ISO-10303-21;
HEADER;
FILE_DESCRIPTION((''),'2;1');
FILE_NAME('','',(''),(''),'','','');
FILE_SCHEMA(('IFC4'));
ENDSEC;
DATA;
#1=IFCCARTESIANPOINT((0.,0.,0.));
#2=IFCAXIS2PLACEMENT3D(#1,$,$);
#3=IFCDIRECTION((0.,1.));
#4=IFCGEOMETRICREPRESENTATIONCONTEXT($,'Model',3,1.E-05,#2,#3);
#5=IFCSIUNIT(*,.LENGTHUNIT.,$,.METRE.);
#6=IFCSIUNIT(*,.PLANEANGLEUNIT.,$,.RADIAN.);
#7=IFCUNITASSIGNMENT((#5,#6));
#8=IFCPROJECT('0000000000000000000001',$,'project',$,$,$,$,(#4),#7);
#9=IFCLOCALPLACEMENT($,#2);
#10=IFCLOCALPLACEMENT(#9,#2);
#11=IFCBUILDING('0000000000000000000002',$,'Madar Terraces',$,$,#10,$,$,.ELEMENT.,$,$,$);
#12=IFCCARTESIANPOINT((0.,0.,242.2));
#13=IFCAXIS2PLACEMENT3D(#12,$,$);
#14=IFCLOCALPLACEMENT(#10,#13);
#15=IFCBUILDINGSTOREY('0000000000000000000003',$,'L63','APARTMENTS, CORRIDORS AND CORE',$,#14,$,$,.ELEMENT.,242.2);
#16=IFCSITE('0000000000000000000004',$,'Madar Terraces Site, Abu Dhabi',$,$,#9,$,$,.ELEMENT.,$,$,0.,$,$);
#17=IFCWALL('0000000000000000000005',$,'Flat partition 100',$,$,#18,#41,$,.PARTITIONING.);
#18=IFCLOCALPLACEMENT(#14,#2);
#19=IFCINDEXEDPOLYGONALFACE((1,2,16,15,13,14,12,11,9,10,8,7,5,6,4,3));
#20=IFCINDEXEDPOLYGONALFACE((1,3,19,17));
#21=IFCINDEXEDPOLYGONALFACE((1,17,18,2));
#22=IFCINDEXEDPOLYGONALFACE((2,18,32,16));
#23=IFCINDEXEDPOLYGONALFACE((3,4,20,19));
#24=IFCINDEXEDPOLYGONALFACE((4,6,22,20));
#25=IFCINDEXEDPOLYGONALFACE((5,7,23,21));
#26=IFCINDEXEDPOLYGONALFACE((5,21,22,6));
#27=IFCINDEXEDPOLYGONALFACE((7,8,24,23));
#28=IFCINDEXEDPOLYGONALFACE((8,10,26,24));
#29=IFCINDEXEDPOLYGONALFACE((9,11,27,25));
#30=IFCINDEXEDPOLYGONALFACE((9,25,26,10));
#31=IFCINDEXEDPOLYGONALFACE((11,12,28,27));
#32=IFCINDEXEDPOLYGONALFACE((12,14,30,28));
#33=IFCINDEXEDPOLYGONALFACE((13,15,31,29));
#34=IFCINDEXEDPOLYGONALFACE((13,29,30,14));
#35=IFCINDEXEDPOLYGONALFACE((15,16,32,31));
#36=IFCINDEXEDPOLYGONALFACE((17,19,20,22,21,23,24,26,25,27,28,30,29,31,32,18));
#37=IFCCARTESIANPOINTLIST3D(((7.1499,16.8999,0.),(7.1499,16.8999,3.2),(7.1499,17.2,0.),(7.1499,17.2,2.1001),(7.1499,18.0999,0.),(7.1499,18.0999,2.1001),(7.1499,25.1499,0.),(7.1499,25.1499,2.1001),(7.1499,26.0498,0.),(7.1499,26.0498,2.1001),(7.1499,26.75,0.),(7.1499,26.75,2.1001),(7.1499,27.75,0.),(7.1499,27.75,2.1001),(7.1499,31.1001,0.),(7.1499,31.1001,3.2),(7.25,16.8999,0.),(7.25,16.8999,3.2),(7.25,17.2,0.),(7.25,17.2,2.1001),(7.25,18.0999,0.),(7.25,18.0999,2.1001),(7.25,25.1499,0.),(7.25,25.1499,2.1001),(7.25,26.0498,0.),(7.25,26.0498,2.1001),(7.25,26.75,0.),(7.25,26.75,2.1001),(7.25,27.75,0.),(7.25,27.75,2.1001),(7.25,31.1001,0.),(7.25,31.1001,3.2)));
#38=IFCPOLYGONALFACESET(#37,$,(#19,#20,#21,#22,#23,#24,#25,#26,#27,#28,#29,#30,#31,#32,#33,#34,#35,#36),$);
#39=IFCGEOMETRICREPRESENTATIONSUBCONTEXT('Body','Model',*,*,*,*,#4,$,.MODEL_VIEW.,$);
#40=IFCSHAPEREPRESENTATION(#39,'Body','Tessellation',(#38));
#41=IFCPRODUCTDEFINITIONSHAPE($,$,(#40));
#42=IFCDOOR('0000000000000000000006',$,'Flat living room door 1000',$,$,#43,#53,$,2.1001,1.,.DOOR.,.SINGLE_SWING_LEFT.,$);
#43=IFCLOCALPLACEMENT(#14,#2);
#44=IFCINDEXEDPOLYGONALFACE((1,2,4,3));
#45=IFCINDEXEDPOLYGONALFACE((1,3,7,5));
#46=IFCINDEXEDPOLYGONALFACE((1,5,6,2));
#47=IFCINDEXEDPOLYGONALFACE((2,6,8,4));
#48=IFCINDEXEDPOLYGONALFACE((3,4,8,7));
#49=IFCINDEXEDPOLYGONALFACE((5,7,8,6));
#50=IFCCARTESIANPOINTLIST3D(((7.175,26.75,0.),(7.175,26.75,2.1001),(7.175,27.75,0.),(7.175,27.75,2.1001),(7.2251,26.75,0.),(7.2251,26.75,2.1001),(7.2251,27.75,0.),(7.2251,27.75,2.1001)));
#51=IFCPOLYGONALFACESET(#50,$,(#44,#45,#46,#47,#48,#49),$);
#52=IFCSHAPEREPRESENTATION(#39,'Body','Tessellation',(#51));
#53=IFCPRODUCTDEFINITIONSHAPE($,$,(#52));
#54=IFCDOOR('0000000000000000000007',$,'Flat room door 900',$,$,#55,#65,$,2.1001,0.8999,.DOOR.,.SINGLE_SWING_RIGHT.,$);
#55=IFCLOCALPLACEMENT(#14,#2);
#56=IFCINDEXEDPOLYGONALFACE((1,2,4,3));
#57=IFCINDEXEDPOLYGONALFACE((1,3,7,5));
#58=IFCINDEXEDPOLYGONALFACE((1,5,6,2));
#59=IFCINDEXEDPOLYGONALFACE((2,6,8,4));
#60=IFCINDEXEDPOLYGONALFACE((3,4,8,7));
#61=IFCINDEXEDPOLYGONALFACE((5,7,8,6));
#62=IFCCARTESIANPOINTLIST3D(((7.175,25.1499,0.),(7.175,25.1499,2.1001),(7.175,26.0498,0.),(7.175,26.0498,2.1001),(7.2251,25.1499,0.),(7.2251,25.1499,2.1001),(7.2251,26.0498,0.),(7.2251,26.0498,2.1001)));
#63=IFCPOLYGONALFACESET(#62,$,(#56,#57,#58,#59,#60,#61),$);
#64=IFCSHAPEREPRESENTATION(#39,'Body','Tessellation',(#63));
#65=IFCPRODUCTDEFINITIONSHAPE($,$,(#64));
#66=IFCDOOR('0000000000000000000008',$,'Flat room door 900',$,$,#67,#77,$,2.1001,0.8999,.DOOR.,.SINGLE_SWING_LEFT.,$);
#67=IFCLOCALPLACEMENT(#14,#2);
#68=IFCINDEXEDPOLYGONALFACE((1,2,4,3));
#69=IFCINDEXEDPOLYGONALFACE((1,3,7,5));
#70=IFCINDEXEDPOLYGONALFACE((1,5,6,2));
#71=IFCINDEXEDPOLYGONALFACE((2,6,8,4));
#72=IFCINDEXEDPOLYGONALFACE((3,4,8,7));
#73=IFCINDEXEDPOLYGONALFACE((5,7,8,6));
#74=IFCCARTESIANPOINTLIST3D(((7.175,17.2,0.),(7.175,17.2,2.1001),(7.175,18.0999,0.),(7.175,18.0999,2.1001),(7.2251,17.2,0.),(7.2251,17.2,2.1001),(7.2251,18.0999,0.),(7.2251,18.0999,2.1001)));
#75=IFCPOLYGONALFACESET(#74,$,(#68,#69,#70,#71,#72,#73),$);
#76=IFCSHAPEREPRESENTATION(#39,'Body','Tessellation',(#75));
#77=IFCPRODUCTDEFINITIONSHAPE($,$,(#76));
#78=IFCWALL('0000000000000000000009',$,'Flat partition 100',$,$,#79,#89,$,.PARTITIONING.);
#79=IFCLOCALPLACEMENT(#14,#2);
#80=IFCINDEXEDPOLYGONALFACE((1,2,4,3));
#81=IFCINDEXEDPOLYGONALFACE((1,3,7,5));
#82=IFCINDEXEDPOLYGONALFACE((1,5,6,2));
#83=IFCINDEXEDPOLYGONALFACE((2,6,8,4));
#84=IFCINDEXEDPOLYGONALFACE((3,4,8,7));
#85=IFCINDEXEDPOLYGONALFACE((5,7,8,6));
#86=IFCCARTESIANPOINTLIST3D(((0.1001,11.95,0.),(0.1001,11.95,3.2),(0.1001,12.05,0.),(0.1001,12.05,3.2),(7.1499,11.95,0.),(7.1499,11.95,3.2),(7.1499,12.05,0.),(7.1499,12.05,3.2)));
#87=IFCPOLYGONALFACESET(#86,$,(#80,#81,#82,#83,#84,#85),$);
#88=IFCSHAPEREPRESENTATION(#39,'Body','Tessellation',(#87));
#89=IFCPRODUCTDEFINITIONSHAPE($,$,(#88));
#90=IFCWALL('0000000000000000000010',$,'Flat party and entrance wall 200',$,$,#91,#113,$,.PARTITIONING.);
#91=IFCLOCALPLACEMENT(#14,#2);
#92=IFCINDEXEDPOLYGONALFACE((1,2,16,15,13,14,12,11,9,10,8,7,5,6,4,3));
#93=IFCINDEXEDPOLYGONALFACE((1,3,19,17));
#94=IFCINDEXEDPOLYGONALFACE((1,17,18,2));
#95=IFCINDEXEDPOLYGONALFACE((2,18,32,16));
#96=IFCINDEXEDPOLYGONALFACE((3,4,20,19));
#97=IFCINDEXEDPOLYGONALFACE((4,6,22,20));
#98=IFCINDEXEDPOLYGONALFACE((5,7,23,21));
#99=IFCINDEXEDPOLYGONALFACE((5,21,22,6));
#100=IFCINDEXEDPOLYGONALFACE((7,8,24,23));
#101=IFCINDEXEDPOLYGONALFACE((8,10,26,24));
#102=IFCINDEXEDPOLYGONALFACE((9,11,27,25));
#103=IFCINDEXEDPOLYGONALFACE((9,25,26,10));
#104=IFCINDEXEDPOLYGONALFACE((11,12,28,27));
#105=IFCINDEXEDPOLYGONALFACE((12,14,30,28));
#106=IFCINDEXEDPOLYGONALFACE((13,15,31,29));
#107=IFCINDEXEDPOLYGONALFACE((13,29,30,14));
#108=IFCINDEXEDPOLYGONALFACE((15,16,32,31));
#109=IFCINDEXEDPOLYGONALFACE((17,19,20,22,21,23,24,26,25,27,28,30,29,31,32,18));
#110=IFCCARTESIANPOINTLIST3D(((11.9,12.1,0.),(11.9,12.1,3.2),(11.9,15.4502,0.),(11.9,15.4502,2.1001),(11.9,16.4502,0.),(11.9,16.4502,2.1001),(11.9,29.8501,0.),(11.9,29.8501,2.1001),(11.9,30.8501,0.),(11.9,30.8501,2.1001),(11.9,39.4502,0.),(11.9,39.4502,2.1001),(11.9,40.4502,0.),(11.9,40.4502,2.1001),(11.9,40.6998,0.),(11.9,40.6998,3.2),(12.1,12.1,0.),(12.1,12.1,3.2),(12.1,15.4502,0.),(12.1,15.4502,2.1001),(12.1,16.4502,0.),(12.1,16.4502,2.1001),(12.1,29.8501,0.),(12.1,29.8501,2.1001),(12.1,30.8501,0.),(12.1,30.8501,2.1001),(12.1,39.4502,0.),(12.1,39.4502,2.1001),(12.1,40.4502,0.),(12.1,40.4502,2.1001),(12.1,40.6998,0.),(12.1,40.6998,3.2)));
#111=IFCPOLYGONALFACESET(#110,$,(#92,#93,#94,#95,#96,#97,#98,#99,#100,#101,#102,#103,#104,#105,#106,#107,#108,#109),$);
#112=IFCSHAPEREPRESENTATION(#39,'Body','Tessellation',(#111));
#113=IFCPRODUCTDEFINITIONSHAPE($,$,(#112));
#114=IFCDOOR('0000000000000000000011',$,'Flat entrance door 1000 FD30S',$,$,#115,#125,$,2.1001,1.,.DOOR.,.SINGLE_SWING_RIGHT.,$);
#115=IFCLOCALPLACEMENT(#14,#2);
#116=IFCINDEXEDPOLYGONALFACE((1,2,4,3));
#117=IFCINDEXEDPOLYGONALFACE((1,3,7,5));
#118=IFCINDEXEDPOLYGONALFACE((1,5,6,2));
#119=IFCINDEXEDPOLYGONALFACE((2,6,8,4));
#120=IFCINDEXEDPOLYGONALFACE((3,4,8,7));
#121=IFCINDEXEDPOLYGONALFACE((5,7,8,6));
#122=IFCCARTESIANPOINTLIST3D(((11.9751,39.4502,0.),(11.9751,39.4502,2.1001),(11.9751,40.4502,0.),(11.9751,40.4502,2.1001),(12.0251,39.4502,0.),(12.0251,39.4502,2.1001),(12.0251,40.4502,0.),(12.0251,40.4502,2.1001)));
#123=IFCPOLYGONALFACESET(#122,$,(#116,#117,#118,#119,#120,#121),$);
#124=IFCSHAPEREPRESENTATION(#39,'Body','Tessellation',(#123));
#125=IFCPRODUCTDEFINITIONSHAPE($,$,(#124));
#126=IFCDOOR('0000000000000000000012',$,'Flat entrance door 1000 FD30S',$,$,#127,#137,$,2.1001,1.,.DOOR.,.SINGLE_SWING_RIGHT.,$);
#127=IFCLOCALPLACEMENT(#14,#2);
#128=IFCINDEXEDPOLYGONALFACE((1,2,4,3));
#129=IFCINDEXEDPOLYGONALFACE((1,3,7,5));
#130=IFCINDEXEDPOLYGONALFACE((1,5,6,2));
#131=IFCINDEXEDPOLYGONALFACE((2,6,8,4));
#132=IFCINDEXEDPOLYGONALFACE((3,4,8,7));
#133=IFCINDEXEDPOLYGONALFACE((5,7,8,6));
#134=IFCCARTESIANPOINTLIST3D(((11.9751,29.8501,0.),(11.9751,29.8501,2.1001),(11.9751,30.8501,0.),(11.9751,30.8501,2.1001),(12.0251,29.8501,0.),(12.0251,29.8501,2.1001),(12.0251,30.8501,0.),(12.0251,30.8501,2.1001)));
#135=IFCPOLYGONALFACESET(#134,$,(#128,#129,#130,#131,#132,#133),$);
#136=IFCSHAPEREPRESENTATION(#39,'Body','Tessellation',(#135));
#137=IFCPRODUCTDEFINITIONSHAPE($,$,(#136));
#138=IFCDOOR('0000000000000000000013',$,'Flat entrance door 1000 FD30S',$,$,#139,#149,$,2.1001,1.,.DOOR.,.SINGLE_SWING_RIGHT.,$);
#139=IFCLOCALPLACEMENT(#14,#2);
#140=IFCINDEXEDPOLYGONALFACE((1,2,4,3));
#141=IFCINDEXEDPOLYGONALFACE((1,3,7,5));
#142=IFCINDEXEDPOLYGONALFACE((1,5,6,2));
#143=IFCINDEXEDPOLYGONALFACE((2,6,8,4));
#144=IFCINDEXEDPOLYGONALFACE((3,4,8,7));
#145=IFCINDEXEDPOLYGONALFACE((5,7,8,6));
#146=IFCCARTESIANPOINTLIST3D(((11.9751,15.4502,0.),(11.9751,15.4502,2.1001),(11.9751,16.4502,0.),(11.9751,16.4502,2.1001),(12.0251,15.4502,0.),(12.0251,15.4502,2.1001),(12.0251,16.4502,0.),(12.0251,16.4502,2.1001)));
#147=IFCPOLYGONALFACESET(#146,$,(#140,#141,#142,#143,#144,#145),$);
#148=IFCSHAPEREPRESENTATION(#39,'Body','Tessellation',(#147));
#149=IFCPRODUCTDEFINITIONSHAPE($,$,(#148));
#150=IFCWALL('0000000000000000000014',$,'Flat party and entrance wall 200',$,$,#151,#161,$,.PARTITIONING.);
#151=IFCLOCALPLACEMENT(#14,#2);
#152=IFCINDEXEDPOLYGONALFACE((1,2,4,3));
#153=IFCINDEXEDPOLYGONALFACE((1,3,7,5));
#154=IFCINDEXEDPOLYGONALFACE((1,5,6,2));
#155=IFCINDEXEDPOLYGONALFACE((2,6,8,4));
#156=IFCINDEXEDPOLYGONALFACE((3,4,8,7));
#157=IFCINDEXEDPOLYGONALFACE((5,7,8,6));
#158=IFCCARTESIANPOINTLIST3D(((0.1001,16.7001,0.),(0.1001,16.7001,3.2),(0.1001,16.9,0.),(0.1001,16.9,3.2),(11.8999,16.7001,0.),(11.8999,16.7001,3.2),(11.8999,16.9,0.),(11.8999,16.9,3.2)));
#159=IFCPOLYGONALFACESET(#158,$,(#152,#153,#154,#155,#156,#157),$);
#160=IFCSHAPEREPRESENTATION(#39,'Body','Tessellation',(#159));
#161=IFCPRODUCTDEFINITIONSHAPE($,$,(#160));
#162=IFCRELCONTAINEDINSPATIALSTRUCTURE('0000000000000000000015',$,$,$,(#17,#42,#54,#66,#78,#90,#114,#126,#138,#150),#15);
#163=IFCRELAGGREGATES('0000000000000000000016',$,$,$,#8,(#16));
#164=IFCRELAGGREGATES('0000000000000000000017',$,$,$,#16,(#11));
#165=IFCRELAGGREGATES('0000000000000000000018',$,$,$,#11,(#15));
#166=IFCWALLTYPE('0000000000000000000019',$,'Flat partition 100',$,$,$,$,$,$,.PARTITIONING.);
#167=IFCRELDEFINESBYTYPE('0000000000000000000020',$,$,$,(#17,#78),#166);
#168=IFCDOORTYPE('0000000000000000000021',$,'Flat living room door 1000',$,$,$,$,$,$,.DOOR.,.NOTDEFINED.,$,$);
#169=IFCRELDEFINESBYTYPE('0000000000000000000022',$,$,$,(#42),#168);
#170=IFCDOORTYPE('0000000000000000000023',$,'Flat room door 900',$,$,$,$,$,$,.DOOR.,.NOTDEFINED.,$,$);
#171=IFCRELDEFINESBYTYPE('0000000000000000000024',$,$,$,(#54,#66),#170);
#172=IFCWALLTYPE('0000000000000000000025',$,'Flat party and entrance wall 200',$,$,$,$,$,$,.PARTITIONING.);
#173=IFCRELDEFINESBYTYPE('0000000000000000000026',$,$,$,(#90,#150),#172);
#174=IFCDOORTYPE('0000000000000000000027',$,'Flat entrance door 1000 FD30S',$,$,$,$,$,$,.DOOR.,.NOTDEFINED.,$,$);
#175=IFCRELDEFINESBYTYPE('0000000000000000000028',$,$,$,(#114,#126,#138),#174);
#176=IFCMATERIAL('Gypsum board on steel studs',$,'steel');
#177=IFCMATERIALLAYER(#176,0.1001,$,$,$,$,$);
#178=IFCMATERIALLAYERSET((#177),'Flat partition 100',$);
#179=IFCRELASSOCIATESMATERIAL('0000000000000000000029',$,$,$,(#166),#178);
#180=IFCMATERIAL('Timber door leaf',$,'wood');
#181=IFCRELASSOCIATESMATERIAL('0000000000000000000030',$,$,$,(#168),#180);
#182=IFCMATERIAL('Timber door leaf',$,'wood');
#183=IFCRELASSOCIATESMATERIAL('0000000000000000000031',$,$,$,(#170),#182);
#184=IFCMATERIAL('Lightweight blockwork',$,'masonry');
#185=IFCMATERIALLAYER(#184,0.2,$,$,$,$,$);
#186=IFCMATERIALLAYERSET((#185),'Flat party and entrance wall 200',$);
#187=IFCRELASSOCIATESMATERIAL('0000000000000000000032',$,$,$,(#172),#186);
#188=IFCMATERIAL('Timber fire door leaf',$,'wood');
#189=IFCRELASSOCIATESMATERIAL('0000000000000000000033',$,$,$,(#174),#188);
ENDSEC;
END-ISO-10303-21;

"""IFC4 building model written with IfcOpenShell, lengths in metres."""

from ifc_helpers import new_model, si_unit, direction, frame, frame_2d, origin, place, context, subcontext, project, spatial, rectangle, extrude, material, layer, layer_set, type_object, element, fill, save


model = new_model("IFC4")

# Units and contexts
model_context = context("Model", 3, precision=1e-05, world=origin(), true_north=direction((0.0, 1.0)))
body_context = subcontext(model_context, "Body", "Model", "MODEL_VIEW")
ifc_project = project(units=[si_unit("LENGTHUNIT", "METRE"), si_unit("PLANEANGLEUNIT", "RADIAN")], contexts=[model_context])

# Site, building, storey
site_placement = place(None, origin())
site = spatial("IfcSite", under=ifc_project, at=site_placement, Name="Madar Terraces Site, Abu Dhabi", CompositionType="ELEMENT", RefElevation=0.0)
building_placement = place(site_placement, origin())
building = spatial("IfcBuilding", under=site, at=building_placement, Name="Madar Terraces", CompositionType="ELEMENT")
storey_placement = place(building_placement, frame((0.0, 0.0, 242.2)))
storey = spatial("IfcBuildingStorey", under=building, at=storey_placement, Name="L63", Description="APARTMENTS, CORRIDORS AND CORE", CompositionType="ELEMENT", Elevation=242.2)

# Shared definitions
ifc_material_1 = material(Name="Gypsum board on steel studs", Category="steel")
ifc_layer_1 = layer(ifc_material_1, 0.1001)
ifc_layer_set_1 = layer_set([ifc_layer_1], Name="Flat partition 100")
wall_type_1 = type_object("IfcWallType", Name="Flat partition 100", PredefinedType="PARTITIONING", material=ifc_layer_set_1)

# Wall, openings, doors
wall_1_placement = place(storey_placement, frame((7.2, 16.8999, 0.0), z_axis=(0.0, 0.0, 1.0), x_axis=(0.0, 1.0, 0.0)))
wall_1 = element("IfcWall", 1, at=wall_1_placement, inside=storey, type_object=wall_type_1, Name="Flat partition 100", PredefinedType="PARTITIONING", context=body_context, shape_type="SweptSolid", body=[
    extrude(rectangle(XDim=14.2002, YDim=0.1001, at=frame_2d((7.1001, 0.0))), origin(), (0.0, 0.0, 1.0), 3.2),
])
opening_1_placement = place(wall_1_placement, frame((9.8501, 0.0, 0.0)))
opening_1 = element("IfcOpeningElement", 2, at=opening_1_placement, cuts=wall_1, PredefinedType="OPENING", context=body_context, shape_type="SweptSolid", body=[
    extrude(rectangle(XDim=1.0, YDim=2.1001, at=frame_2d((0.5, 1.05))), frame((0.0, 0.0601, 0.0), z_axis=(0.0, -1.0, 0.0), x_axis=(1.0, 0.0, 0.0)), (0.0, 0.0, 1.0), 0.1201),
])
opening_2_placement = place(wall_1_placement, frame((8.25, 0.0, 0.0)))
opening_2 = element("IfcOpeningElement", 3, at=opening_2_placement, cuts=wall_1, PredefinedType="OPENING", context=body_context, shape_type="SweptSolid", body=[
    extrude(rectangle(XDim=0.8999, YDim=2.1001, at=frame_2d((0.45, 1.05))), frame((0.0, 0.0601, 0.0), z_axis=(0.0, -1.0, 0.0), x_axis=(1.0, 0.0, 0.0)), (0.0, 0.0, 1.0), 0.1201),
])
opening_3_placement = place(wall_1_placement, frame((0.3, 0.0, 0.0)))
opening_3 = element("IfcOpeningElement", 4, at=opening_3_placement, cuts=wall_1, PredefinedType="OPENING", context=body_context, shape_type="SweptSolid", body=[
    extrude(rectangle(XDim=0.8999, YDim=2.1001, at=frame_2d((0.45, 1.05))), frame((0.0, 0.0601, 0.0), z_axis=(0.0, -1.0, 0.0), x_axis=(1.0, 0.0, 0.0)), (0.0, 0.0, 1.0), 0.1201),
])
ifc_material_2 = material(Name="Timber door leaf", Category="wood")
door_type_1 = type_object("IfcDoorType", Name="Flat living room door 1000", OperationType="NOTDEFINED", PredefinedType="DOOR", material=ifc_material_2)
door_1_placement = place(opening_1_placement, origin())
door_1 = element("IfcDoor", 5, at=door_1_placement, inside=storey, type_object=door_type_1, Name="Flat living room door 1000", OperationType="SINGLE_SWING_LEFT", OverallHeight=2.1001, OverallWidth=1.0, PredefinedType="DOOR", context=body_context, shape_type="SweptSolid", body=[
    extrude(rectangle(XDim=1.0, YDim=2.1001, at=frame_2d((0.5, 1.05))), frame((0.0, 0.0249, 0.0), z_axis=(0.0, -1.0, 0.0), x_axis=(1.0, 0.0, 0.0)), (0.0, 0.0, 1.0), 0.05),
])
fill(opening_1, door_1)
ifc_material_3 = material(Name="Timber door leaf", Category="wood")
door_type_2 = type_object("IfcDoorType", Name="Flat room door 900", OperationType="NOTDEFINED", PredefinedType="DOOR", material=ifc_material_3)
door_2_placement = place(opening_2_placement, origin())
door_2 = element("IfcDoor", 6, at=door_2_placement, inside=storey, type_object=door_type_2, Name="Flat room door 900", OperationType="SINGLE_SWING_RIGHT", OverallHeight=2.1001, OverallWidth=0.8999, PredefinedType="DOOR", context=body_context, shape_type="SweptSolid", body=[
    extrude(rectangle(XDim=0.8999, YDim=2.1001, at=frame_2d((0.45, 1.05))), frame((0.0, 0.0249, 0.0), z_axis=(0.0, -1.0, 0.0), x_axis=(1.0, 0.0, 0.0)), (0.0, 0.0, 1.0), 0.05),
])
fill(opening_2, door_2)
door_3_placement = place(opening_3_placement, origin())
door_3 = element("IfcDoor", 7, at=door_3_placement, inside=storey, type_object=door_type_2, Name="Flat room door 900", OperationType="SINGLE_SWING_LEFT", OverallHeight=2.1001, OverallWidth=0.8999, PredefinedType="DOOR", context=body_context, shape_type="SweptSolid", body=[
    extrude(rectangle(XDim=0.8999, YDim=2.1001, at=frame_2d((0.45, 1.05))), frame((0.0, 0.0249, 0.0), z_axis=(0.0, -1.0, 0.0), x_axis=(1.0, 0.0, 0.0)), (0.0, 0.0, 1.0), 0.05),
])
fill(opening_3, door_3)

# Wall
wall_2_placement = place(storey_placement, frame((7.1499, 12.0, 0.0), z_axis=(0.0, 0.0, 1.0), x_axis=(-1.0, 0.0, 0.0)))
element("IfcWall", 8, at=wall_2_placement, inside=storey, type_object=wall_type_1, Name="Flat partition 100", PredefinedType="PARTITIONING", context=body_context, shape_type="SweptSolid", body=[
    extrude(rectangle(XDim=7.0498, YDim=0.1001, at=frame_2d((3.5249, 0.0))), origin(), (0.0, 0.0, 1.0), 3.2),
])

# Wall, openings, doors
ifc_material_4 = material(Name="Lightweight blockwork", Category="masonry")
ifc_layer_2 = layer(ifc_material_4, 0.2)
ifc_layer_set_2 = layer_set([ifc_layer_2], Name="Flat party and entrance wall 200")
wall_type_2 = type_object("IfcWallType", Name="Flat party and entrance wall 200", PredefinedType="PARTITIONING", material=ifc_layer_set_2)
wall_3_placement = place(storey_placement, frame((12.0, 12.1001, 0.0), z_axis=(0.0, 0.0, 1.0), x_axis=(0.0, 1.0, 0.0)))
wall_3 = element("IfcWall", 9, at=wall_3_placement, inside=storey, type_object=wall_type_2, Name="Flat party and entrance wall 200", PredefinedType="PARTITIONING", context=body_context, shape_type="SweptSolid", body=[
    extrude(rectangle(XDim=28.5999, YDim=0.2, at=frame_2d((14.2998, 0.0))), origin(), (0.0, 0.0, 1.0), 3.2),
])
opening_4_placement = place(wall_3_placement, frame((27.3501, 0.0, 0.0)))
opening_4 = element("IfcOpeningElement", 10, at=opening_4_placement, cuts=wall_3, PredefinedType="OPENING", context=body_context, shape_type="SweptSolid", body=[
    extrude(rectangle(XDim=1.0, YDim=2.1001, at=frame_2d((0.5, 1.05))), frame((0.0, 0.1099, 0.0), z_axis=(0.0, -1.0, 0.0), x_axis=(1.0, 0.0, 0.0)), (0.0, 0.0, 1.0), 0.22),
])
opening_5_placement = place(wall_3_placement, frame((17.75, 0.0, 0.0)))
opening_5 = element("IfcOpeningElement", 11, at=opening_5_placement, cuts=wall_3, PredefinedType="OPENING", context=body_context, shape_type="SweptSolid", body=[
    extrude(rectangle(XDim=1.0, YDim=2.1001, at=frame_2d((0.5, 1.05))), frame((0.0, 0.1099, 0.0), z_axis=(0.0, -1.0, 0.0), x_axis=(1.0, 0.0, 0.0)), (0.0, 0.0, 1.0), 0.22),
])
opening_6_placement = place(wall_3_placement, frame((3.3501, 0.0, 0.0)))
opening_6 = element("IfcOpeningElement", 12, at=opening_6_placement, cuts=wall_3, PredefinedType="OPENING", context=body_context, shape_type="SweptSolid", body=[
    extrude(rectangle(XDim=1.0, YDim=2.1001, at=frame_2d((0.5, 1.05))), frame((0.0, 0.1099, 0.0), z_axis=(0.0, -1.0, 0.0), x_axis=(1.0, 0.0, 0.0)), (0.0, 0.0, 1.0), 0.22),
])
ifc_material_5 = material(Name="Timber fire door leaf", Category="wood")
door_type_3 = type_object("IfcDoorType", Name="Flat entrance door 1000 FD30S", OperationType="NOTDEFINED", PredefinedType="DOOR", material=ifc_material_5)
door_4_placement = place(opening_4_placement, origin())
door_4 = element("IfcDoor", 13, at=door_4_placement, inside=storey, type_object=door_type_3, Name="Flat entrance door 1000 FD30S", OperationType="SINGLE_SWING_RIGHT", OverallHeight=2.1001, OverallWidth=1.0, PredefinedType="DOOR", context=body_context, shape_type="SweptSolid", body=[
    extrude(rectangle(XDim=1.0, YDim=2.1001, at=frame_2d((0.5, 1.05))), frame((0.0, 0.0249, 0.0), z_axis=(0.0, -1.0, 0.0), x_axis=(1.0, 0.0, 0.0)), (0.0, 0.0, 1.0), 0.05),
])
fill(opening_4, door_4)
door_5_placement = place(opening_5_placement, origin())
door_5 = element("IfcDoor", 14, at=door_5_placement, inside=storey, type_object=door_type_3, Name="Flat entrance door 1000 FD30S", OperationType="SINGLE_SWING_RIGHT", OverallHeight=2.1001, OverallWidth=1.0, PredefinedType="DOOR", context=body_context, shape_type="SweptSolid", body=[
    extrude(rectangle(XDim=1.0, YDim=2.1001, at=frame_2d((0.5, 1.05))), frame((0.0, 0.0249, 0.0), z_axis=(0.0, -1.0, 0.0), x_axis=(1.0, 0.0, 0.0)), (0.0, 0.0, 1.0), 0.05),
])
fill(opening_5, door_5)
door_6_placement = place(opening_6_placement, origin())
door_6 = element("IfcDoor", 15, at=door_6_placement, inside=storey, type_object=door_type_3, Name="Flat entrance door 1000 FD30S", OperationType="SINGLE_SWING_RIGHT", OverallHeight=2.1001, OverallWidth=1.0, PredefinedType="DOOR", context=body_context, shape_type="SweptSolid", body=[
    extrude(rectangle(XDim=1.0, YDim=2.1001, at=frame_2d((0.5, 1.05))), frame((0.0, 0.0249, 0.0), z_axis=(0.0, -1.0, 0.0), x_axis=(1.0, 0.0, 0.0)), (0.0, 0.0, 1.0), 0.05),
])
fill(opening_6, door_6)

# Wall
wall_4_placement = place(storey_placement, frame((0.1001, 16.8, 0.0), z_axis=(0.0, 0.0, 1.0), x_axis=(1.0, 0.0, 0.0)))
element("IfcWall", 16, at=wall_4_placement, inside=storey, type_object=wall_type_2, Name="Flat party and entrance wall 200", PredefinedType="PARTITIONING", context=body_context, shape_type="SweptSolid", body=[
    extrude(rectangle(XDim=11.7998, YDim=0.2, at=frame_2d((5.8999, 0.0))), origin(), (0.0, 0.0, 1.0), 3.2),
])

save(model, "model.ifc")
